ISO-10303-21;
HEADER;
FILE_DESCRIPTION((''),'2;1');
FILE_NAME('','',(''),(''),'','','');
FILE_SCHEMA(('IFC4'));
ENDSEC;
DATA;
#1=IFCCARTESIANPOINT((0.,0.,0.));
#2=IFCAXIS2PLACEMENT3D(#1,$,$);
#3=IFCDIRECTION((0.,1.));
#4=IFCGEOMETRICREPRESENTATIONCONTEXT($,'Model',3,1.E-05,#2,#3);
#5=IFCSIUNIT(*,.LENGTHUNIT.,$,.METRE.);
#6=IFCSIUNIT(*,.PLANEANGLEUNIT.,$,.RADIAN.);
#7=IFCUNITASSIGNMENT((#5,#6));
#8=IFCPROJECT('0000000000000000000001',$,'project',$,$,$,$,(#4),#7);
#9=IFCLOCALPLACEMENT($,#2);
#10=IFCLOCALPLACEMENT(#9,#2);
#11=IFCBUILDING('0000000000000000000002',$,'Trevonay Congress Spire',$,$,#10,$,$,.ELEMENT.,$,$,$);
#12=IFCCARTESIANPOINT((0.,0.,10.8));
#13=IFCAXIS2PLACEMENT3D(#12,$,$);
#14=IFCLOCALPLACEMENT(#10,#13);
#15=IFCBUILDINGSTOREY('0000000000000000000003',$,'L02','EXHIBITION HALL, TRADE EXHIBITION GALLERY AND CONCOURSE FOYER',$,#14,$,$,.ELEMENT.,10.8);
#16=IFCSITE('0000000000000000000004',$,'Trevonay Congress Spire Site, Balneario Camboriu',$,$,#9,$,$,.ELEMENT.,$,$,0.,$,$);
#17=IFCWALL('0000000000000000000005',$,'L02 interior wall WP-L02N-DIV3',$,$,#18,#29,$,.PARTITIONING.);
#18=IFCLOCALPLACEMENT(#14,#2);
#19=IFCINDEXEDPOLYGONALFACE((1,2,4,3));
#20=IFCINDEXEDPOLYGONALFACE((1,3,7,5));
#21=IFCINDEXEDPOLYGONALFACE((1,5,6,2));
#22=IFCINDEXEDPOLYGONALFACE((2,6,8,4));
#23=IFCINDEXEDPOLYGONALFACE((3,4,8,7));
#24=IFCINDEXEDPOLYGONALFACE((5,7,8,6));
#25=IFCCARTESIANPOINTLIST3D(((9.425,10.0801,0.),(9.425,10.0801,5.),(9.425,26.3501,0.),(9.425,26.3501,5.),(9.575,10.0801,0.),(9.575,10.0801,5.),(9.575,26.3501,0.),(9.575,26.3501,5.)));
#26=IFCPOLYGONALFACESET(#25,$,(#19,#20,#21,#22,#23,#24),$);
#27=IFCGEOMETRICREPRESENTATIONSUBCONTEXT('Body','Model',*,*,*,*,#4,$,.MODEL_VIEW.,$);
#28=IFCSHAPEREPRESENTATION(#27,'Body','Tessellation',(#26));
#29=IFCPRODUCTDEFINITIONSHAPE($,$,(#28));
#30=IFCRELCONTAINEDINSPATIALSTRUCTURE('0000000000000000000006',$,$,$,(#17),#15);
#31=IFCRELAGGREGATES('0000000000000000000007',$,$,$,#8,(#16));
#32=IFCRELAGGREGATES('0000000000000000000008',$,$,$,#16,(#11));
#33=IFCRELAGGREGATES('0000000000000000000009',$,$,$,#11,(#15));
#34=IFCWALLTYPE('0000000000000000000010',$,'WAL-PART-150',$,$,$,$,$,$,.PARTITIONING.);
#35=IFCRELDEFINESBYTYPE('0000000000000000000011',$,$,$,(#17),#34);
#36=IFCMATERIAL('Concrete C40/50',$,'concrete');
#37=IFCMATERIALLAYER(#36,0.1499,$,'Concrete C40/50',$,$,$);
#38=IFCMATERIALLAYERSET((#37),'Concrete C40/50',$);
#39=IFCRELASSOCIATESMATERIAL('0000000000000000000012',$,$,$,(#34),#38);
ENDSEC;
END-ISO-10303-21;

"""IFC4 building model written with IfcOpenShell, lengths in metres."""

from ifc_helpers import new_model, si_unit, direction, frame, frame_2d, origin, place, context, subcontext, project, spatial, rectangle, extrude, material, layer, layer_set, type_object, element, save


model = new_model("IFC4")

# Units and contexts
model_context = context("Model", 3, precision=1e-05, world=origin(), true_north=direction((0.0, 1.0)))
body_context = subcontext(model_context, "Body", "Model", "MODEL_VIEW")
ifc_project = project(units=[si_unit("LENGTHUNIT", "METRE"), si_unit("PLANEANGLEUNIT", "RADIAN")], contexts=[model_context])

# Site, building, storey
site_placement = place(None, origin())
site = spatial("IfcSite", under=ifc_project, at=site_placement, Name="Trevonay Congress Spire Site, Balneario Camboriu", CompositionType="ELEMENT", RefElevation=0.0)
building_placement = place(site_placement, origin())
building = spatial("IfcBuilding", under=site, at=building_placement, Name="Trevonay Congress Spire", CompositionType="ELEMENT")
storey_placement = place(building_placement, frame((0.0, 0.0, 10.8)))
storey = spatial("IfcBuildingStorey", under=building, at=storey_placement, Name="L02", Description="EXHIBITION HALL, TRADE EXHIBITION GALLERY AND CONCOURSE FOYER", CompositionType="ELEMENT", Elevation=10.8)

# Wall
ifc_material_1 = material(Name="Concrete C40/50", Category="concrete")
ifc_layer_1 = layer(ifc_material_1, 0.1499, Name="Concrete C40/50")
ifc_layer_set_1 = layer_set([ifc_layer_1], Name="Concrete C40/50")
wall_type_1 = type_object("IfcWallType", Name="WAL-PART-150", PredefinedType="PARTITIONING", material=ifc_layer_set_1)
wall_1_placement = place(storey_placement, frame((9.5, 10.0801, 0.0), z_axis=(0.0, 0.0, 1.0), x_axis=(0.0, 1.0, 0.0)))
element("IfcWall", 1, at=wall_1_placement, inside=storey, type_object=wall_type_1, Name="L02 interior wall WP-L02N-DIV3", PredefinedType="PARTITIONING", context=body_context, shape_type="SweptSolid", body=[
    extrude(rectangle(XDim=16.27, YDim=0.1499, at=frame_2d((8.135, 0.0))), origin(), (0.0, 0.0, 1.0), 5.0),
])

save(model, "model.ifc")
